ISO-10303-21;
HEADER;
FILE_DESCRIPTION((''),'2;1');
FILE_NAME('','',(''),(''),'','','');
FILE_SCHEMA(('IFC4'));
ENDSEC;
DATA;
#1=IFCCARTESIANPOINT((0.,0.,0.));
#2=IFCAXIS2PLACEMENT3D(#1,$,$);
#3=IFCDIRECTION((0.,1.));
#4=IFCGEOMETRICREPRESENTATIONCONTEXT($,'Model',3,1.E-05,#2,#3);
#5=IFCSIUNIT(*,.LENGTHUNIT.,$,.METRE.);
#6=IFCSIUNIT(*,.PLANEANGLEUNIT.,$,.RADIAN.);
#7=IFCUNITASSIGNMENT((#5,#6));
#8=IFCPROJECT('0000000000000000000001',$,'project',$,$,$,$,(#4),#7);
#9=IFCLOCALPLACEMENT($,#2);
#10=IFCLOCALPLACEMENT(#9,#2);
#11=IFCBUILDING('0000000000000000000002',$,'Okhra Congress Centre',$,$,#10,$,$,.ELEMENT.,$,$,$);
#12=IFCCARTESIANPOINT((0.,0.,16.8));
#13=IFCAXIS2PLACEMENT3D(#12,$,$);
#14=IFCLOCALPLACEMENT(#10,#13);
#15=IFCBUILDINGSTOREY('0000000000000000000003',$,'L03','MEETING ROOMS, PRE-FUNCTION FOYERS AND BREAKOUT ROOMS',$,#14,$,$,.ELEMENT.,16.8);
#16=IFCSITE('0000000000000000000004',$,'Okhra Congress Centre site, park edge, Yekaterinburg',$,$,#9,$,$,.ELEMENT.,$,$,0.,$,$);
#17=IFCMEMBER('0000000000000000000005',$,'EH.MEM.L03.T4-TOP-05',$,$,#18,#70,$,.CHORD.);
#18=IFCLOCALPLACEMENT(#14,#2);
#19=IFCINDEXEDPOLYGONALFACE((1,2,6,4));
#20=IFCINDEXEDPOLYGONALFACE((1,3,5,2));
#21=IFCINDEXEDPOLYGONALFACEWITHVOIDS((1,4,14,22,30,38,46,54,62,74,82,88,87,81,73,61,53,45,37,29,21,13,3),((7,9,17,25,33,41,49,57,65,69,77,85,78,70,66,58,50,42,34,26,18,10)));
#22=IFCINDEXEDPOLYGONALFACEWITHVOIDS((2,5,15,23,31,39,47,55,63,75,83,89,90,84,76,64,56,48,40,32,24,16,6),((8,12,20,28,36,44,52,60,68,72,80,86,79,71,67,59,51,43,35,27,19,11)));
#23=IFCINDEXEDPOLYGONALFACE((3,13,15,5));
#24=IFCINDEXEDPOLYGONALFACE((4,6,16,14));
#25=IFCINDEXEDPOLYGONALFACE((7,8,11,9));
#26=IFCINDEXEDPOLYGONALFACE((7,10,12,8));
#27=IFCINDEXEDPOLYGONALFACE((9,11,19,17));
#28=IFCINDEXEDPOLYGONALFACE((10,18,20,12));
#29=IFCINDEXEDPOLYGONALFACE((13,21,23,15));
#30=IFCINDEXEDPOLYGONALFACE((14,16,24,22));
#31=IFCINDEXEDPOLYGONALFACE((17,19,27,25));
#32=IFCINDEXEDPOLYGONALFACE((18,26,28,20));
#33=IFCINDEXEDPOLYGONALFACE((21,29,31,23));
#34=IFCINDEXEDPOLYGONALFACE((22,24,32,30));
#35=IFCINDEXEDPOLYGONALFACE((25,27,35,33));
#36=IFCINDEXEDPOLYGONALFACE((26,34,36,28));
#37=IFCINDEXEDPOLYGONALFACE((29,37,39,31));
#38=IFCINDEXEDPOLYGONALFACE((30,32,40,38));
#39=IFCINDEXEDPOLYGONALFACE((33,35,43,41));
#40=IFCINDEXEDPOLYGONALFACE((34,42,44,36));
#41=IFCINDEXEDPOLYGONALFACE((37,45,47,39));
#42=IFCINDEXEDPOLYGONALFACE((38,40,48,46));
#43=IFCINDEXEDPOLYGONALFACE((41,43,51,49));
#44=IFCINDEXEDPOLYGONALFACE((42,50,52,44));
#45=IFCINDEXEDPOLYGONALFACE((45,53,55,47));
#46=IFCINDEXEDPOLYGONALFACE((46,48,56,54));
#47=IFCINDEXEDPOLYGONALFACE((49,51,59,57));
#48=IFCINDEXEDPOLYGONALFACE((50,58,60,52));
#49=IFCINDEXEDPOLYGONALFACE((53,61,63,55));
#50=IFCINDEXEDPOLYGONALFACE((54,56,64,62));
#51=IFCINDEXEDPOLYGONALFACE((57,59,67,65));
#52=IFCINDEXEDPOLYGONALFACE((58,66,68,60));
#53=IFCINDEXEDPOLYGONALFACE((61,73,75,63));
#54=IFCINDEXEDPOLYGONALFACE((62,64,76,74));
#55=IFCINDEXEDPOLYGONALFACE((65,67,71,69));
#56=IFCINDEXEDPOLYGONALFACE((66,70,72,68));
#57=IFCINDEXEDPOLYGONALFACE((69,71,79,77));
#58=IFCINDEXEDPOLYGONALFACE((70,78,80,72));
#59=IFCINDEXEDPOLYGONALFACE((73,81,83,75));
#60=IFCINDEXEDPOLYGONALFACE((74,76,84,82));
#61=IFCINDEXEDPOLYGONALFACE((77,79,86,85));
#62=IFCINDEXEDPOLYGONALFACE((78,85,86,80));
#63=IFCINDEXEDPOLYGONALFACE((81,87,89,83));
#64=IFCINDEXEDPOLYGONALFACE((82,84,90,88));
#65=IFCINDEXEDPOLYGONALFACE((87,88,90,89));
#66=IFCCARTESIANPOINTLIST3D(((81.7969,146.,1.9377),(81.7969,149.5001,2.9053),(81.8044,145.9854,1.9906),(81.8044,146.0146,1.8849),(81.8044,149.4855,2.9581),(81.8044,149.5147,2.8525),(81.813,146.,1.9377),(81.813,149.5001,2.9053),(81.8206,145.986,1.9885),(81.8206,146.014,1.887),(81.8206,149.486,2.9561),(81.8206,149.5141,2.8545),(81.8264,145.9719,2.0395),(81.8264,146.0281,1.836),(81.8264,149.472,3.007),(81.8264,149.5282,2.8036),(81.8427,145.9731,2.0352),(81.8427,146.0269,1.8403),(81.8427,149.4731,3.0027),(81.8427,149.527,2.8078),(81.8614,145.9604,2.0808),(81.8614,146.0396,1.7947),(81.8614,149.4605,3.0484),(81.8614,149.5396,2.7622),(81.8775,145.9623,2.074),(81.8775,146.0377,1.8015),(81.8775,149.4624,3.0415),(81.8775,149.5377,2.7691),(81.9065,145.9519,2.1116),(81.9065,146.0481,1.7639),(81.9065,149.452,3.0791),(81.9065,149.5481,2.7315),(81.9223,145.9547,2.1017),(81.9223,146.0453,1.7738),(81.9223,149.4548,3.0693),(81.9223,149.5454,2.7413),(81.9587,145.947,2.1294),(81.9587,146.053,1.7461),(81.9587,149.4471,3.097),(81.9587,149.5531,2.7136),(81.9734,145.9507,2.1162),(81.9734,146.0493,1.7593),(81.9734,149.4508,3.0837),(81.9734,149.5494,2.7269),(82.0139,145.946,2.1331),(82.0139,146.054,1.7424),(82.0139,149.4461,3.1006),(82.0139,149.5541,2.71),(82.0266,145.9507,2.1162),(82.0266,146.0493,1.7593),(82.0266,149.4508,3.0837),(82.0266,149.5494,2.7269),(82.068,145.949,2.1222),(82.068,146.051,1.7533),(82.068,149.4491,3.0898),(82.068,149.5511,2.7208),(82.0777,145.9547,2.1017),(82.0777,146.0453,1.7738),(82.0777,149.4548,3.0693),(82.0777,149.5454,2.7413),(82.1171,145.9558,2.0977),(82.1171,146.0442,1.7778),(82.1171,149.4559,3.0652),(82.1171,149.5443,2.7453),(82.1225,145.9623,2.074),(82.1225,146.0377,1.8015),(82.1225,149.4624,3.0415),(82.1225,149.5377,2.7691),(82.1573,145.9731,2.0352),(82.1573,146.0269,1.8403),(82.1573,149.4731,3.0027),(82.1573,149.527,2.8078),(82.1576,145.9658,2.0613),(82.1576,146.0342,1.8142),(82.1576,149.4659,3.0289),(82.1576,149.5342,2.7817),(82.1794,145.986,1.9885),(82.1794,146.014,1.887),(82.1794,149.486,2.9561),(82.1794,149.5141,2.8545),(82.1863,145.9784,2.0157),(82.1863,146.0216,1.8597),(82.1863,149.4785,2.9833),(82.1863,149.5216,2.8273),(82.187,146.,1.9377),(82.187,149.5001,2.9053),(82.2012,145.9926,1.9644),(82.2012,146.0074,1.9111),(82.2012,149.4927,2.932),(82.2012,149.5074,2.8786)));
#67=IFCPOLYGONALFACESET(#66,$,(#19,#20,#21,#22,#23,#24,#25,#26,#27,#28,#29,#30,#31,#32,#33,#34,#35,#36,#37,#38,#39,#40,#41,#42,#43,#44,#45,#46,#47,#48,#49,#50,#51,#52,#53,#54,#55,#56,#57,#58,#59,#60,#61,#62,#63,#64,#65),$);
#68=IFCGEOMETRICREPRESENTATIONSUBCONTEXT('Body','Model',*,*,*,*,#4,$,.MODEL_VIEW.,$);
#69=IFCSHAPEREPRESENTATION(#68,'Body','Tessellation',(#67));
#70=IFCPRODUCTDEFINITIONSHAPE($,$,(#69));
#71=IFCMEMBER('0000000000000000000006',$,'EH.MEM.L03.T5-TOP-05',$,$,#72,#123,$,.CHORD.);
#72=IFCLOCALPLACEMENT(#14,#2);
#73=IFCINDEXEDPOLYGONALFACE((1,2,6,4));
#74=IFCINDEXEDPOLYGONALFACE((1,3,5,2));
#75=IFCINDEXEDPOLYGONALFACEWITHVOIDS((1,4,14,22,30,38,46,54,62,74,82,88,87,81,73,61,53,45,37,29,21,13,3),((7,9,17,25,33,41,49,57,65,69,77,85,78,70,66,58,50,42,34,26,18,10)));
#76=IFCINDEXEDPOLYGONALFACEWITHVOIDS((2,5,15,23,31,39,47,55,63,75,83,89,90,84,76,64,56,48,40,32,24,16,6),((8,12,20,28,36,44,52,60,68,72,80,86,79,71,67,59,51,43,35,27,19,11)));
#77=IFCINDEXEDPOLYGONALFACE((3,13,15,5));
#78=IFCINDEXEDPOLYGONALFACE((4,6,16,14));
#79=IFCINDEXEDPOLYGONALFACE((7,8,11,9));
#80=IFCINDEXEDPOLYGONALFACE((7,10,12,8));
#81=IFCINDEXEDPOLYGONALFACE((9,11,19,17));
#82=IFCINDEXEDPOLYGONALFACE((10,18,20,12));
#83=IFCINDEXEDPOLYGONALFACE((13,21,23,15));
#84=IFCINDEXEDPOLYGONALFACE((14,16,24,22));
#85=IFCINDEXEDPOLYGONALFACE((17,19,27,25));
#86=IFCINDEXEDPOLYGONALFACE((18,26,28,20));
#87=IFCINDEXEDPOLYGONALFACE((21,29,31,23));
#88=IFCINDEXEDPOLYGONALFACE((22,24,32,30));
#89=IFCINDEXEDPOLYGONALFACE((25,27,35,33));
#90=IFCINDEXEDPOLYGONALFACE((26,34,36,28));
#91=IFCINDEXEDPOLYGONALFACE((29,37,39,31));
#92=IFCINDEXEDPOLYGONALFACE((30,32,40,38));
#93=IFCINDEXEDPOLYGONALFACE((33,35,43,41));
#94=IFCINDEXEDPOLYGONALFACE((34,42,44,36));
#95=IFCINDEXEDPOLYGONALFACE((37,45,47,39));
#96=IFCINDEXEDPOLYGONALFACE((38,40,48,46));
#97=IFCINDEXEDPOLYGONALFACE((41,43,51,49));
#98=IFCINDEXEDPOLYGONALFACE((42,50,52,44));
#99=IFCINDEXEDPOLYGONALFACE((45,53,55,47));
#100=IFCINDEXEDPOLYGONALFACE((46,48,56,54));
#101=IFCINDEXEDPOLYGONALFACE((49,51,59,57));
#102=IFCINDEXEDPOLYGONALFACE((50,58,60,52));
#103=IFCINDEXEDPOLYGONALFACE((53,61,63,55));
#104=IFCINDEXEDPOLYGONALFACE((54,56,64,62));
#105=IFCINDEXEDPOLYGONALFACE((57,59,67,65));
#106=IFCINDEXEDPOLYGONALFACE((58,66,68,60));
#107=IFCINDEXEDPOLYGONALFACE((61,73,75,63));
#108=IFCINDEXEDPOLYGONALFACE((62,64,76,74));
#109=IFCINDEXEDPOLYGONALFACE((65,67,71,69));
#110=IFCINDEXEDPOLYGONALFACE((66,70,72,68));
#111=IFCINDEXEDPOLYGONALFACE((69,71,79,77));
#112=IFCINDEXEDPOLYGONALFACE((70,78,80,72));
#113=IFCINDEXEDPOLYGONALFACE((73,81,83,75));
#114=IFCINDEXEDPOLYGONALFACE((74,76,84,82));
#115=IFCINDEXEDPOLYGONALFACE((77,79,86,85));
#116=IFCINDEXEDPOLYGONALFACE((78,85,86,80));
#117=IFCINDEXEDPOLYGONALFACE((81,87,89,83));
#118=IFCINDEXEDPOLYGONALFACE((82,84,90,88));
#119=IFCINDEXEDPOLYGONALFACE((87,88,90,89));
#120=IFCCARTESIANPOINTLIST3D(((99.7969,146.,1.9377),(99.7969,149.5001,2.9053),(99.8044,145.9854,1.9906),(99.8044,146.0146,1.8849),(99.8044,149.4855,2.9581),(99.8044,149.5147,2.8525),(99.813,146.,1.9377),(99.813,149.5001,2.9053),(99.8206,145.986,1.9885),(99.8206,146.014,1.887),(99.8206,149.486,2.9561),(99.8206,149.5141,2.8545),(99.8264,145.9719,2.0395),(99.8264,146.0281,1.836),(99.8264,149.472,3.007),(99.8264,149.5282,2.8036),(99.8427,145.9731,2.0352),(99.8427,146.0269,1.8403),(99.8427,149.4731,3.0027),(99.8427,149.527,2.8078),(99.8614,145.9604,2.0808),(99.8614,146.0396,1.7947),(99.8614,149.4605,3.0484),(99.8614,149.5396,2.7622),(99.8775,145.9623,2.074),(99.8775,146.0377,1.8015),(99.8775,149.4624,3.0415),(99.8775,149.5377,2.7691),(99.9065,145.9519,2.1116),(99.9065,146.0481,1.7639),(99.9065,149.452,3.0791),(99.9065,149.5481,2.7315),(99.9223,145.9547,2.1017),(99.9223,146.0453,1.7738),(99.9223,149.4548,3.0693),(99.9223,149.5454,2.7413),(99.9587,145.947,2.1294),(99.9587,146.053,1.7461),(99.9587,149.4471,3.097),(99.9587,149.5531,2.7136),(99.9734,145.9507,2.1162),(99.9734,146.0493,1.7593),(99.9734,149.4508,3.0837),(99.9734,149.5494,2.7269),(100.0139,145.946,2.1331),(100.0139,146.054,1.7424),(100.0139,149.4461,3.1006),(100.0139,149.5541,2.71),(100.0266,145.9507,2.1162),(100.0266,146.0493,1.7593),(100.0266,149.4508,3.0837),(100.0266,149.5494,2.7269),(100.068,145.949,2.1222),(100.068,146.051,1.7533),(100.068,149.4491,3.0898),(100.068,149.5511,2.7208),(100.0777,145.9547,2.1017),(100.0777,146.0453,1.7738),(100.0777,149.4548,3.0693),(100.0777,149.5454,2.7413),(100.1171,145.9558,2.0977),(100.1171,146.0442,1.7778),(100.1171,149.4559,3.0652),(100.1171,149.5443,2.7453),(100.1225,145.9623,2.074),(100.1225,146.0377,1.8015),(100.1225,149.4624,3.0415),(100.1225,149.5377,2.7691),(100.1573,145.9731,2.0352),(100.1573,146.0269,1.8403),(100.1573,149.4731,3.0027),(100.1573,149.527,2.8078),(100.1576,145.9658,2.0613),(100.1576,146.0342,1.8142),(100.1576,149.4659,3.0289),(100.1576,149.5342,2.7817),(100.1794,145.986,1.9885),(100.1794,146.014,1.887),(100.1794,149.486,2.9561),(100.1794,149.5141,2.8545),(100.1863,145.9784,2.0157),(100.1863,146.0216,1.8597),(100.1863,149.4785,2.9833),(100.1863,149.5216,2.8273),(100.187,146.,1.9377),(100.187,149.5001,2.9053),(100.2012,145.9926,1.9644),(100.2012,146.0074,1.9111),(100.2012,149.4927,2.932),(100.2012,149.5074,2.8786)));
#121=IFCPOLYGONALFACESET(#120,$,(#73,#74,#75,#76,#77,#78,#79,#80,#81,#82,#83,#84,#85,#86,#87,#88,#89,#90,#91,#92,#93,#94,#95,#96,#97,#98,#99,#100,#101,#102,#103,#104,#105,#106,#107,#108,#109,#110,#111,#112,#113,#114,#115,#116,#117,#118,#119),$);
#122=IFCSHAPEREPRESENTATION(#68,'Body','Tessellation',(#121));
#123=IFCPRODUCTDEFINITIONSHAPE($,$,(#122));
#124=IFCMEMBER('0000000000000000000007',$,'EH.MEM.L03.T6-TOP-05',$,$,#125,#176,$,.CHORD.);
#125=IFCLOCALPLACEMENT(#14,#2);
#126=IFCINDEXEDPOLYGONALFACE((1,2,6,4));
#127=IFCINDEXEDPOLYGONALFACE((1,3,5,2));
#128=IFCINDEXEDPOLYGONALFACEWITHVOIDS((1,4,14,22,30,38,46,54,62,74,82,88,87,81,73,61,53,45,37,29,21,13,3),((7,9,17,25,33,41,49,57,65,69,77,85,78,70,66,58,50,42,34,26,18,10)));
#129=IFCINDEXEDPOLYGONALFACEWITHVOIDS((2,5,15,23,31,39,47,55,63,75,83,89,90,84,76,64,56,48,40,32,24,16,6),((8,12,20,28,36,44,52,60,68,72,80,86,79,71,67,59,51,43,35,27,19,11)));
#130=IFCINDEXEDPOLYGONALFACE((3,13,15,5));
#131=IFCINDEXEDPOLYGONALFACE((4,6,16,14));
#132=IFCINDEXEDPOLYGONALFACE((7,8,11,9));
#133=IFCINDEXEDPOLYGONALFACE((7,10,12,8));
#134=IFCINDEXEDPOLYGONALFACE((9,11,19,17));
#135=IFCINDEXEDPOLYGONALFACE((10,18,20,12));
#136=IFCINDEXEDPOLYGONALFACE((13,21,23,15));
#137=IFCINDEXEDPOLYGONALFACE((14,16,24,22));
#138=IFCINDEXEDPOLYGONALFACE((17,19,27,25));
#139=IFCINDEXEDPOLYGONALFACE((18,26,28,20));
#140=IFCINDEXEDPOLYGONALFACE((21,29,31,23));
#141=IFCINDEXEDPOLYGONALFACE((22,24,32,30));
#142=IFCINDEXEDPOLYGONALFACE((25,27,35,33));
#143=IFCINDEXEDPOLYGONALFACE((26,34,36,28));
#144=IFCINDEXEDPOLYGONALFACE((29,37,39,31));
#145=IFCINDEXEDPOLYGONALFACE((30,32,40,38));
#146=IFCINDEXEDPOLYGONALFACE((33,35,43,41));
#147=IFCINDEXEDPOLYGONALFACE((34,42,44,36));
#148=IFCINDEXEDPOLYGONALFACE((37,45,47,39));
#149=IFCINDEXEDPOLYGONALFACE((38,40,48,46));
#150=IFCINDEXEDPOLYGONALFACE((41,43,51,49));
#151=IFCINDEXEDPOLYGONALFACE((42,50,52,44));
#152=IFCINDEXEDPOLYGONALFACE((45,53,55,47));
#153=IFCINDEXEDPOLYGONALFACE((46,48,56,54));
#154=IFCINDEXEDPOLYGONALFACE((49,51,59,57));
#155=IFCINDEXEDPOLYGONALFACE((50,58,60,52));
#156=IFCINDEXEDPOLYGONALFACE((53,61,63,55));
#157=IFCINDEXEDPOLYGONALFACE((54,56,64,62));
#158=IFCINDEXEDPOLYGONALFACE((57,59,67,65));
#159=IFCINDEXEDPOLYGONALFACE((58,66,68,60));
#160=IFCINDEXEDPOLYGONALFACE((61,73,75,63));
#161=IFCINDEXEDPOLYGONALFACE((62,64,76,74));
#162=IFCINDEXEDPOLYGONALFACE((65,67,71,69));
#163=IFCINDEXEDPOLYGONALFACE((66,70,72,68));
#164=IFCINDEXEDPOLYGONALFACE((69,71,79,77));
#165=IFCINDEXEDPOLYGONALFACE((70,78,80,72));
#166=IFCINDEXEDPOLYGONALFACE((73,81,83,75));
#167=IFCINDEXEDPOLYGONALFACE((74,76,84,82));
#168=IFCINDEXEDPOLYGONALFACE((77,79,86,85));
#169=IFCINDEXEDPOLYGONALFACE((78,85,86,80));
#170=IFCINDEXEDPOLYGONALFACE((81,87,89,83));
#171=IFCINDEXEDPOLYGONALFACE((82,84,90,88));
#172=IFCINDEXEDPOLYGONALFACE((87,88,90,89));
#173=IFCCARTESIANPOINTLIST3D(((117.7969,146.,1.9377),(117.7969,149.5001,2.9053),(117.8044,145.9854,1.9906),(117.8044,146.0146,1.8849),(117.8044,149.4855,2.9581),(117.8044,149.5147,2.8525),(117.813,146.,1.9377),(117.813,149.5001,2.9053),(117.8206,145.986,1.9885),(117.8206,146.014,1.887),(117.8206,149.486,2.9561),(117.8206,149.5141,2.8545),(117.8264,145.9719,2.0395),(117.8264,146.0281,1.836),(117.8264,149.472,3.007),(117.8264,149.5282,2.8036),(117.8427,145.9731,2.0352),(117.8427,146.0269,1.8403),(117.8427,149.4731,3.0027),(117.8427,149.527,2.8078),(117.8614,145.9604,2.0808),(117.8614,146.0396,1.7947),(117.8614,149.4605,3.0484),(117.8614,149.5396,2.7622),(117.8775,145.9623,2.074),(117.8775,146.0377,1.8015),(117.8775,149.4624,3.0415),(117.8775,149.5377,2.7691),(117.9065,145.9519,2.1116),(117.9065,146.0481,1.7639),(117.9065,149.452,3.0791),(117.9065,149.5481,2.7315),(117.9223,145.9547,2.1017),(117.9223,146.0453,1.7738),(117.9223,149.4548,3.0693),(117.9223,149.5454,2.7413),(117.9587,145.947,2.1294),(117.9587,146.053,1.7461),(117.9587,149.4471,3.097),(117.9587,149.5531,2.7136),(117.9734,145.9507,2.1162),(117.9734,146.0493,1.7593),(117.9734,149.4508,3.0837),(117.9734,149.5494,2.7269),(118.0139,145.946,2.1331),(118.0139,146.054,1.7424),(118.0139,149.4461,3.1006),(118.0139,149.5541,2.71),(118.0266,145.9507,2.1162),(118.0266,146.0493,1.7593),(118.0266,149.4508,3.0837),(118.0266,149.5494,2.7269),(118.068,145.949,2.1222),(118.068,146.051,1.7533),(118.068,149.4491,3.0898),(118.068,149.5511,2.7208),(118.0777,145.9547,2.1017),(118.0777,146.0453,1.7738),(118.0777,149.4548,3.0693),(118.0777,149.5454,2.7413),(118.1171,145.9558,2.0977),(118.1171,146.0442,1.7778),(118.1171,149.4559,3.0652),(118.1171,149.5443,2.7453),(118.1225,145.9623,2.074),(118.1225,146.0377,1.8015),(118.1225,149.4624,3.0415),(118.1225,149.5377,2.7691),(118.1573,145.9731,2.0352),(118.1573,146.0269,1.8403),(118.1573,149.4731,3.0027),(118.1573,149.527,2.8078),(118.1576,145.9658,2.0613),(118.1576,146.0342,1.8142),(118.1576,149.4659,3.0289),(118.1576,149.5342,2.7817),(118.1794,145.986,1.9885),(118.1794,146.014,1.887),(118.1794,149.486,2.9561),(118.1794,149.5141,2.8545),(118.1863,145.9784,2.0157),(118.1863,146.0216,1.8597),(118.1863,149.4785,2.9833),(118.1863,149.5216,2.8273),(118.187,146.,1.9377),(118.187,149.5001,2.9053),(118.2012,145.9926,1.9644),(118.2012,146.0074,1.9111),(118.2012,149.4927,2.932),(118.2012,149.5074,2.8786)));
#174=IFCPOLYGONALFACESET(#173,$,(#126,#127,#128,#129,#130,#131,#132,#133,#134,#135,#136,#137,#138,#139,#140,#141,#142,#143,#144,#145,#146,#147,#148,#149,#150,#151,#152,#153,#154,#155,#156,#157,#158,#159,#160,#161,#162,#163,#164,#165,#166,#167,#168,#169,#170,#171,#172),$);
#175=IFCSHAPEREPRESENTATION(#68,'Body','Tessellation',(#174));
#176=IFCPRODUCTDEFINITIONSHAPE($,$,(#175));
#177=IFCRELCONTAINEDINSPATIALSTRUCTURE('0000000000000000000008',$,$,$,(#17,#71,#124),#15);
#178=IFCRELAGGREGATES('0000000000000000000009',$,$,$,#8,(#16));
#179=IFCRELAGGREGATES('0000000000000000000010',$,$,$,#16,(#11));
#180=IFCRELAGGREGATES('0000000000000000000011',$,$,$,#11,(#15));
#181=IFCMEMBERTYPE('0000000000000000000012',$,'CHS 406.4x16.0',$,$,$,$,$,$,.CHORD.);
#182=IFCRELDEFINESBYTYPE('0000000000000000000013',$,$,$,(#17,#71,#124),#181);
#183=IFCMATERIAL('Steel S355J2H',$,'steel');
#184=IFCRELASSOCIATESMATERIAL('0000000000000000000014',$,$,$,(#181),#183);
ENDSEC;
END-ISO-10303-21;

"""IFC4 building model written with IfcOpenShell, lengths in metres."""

from ifc_helpers import new_model, si_unit, direction, frame, origin, origin_2d, place, context, subcontext, project, spatial, hollow_circle, extrude, material, material_profile, profile_set, type_object, element, save


model = new_model("IFC4")

# Units and contexts
model_context = context("Model", 3, precision=1e-05, world=origin(), true_north=direction((0.0, 1.0)))
body_context = subcontext(model_context, "Body", "Model", "MODEL_VIEW")
ifc_project = project(units=[si_unit("LENGTHUNIT", "METRE"), si_unit("PLANEANGLEUNIT", "RADIAN")], contexts=[model_context])

# Site, building, storey
site_placement = place(None, origin())
site = spatial("IfcSite", under=ifc_project, at=site_placement, Name="Okhra Congress Centre site, park edge, Yekaterinburg", CompositionType="ELEMENT", RefElevation=0.0)
building_placement = place(site_placement, origin())
building = spatial("IfcBuilding", under=site, at=building_placement, Name="Okhra Congress Centre", CompositionType="ELEMENT")
storey_placement = place(building_placement, frame((0.0, 0.0, 16.8)))
storey = spatial("IfcBuildingStorey", under=building, at=storey_placement, Name="L03", Description="MEETING ROOMS, PRE-FUNCTION FOYERS AND BREAKOUT ROOMS", CompositionType="ELEMENT", Elevation=16.8)

# Members
ifc_material_1 = material(Name="Steel S355J2H", Category="steel")
ifc_material_profile_1 = material_profile(ifc_material_1, hollow_circle(Radius=0.2031, WallThickness=0.0161, at=origin_2d()), Name="CHS 406.4x16.0")
ifc_profile_set_1 = profile_set([ifc_material_profile_1], Name="Steel S355J2H")
member_type_1 = type_object("IfcMemberType", Name="CHS 406.4x16.0", PredefinedType="CHORD", material=ifc_profile_set_1)
for number, where, z_axis, x_axis, name in (
    (1, (82.0, 146.0, 1.9377), (0.0, 0.96385, 0.266444), (-1.0, 0.0, 0.0), "EH.MEM.L03.T4-TOP-05"),
    (2, (100.0, 146.0, 1.9377), (0.0, 0.96385, 0.266444), (-1.0, 0.0, 0.0), "EH.MEM.L03.T5-TOP-05"),
    (3, (118.0, 146.0, 1.9377), (0.0, 0.96385, 0.266444), (-1.0, 0.0, 0.0), "EH.MEM.L03.T6-TOP-05"),
):
    element("IfcMember", number, at=place(storey_placement, frame(where, z_axis=z_axis, x_axis=x_axis)), inside=storey, type_object=member_type_1, Name=name, PredefinedType="CHORD", context=body_context, shape_type="SweptSolid", body=[
        extrude(hollow_circle(Radius=0.2031, WallThickness=0.0161, at=origin_2d()), origin(), (0.0, 0.0, 1.0), 3.6313),
    ])

save(model, "model.ifc")
